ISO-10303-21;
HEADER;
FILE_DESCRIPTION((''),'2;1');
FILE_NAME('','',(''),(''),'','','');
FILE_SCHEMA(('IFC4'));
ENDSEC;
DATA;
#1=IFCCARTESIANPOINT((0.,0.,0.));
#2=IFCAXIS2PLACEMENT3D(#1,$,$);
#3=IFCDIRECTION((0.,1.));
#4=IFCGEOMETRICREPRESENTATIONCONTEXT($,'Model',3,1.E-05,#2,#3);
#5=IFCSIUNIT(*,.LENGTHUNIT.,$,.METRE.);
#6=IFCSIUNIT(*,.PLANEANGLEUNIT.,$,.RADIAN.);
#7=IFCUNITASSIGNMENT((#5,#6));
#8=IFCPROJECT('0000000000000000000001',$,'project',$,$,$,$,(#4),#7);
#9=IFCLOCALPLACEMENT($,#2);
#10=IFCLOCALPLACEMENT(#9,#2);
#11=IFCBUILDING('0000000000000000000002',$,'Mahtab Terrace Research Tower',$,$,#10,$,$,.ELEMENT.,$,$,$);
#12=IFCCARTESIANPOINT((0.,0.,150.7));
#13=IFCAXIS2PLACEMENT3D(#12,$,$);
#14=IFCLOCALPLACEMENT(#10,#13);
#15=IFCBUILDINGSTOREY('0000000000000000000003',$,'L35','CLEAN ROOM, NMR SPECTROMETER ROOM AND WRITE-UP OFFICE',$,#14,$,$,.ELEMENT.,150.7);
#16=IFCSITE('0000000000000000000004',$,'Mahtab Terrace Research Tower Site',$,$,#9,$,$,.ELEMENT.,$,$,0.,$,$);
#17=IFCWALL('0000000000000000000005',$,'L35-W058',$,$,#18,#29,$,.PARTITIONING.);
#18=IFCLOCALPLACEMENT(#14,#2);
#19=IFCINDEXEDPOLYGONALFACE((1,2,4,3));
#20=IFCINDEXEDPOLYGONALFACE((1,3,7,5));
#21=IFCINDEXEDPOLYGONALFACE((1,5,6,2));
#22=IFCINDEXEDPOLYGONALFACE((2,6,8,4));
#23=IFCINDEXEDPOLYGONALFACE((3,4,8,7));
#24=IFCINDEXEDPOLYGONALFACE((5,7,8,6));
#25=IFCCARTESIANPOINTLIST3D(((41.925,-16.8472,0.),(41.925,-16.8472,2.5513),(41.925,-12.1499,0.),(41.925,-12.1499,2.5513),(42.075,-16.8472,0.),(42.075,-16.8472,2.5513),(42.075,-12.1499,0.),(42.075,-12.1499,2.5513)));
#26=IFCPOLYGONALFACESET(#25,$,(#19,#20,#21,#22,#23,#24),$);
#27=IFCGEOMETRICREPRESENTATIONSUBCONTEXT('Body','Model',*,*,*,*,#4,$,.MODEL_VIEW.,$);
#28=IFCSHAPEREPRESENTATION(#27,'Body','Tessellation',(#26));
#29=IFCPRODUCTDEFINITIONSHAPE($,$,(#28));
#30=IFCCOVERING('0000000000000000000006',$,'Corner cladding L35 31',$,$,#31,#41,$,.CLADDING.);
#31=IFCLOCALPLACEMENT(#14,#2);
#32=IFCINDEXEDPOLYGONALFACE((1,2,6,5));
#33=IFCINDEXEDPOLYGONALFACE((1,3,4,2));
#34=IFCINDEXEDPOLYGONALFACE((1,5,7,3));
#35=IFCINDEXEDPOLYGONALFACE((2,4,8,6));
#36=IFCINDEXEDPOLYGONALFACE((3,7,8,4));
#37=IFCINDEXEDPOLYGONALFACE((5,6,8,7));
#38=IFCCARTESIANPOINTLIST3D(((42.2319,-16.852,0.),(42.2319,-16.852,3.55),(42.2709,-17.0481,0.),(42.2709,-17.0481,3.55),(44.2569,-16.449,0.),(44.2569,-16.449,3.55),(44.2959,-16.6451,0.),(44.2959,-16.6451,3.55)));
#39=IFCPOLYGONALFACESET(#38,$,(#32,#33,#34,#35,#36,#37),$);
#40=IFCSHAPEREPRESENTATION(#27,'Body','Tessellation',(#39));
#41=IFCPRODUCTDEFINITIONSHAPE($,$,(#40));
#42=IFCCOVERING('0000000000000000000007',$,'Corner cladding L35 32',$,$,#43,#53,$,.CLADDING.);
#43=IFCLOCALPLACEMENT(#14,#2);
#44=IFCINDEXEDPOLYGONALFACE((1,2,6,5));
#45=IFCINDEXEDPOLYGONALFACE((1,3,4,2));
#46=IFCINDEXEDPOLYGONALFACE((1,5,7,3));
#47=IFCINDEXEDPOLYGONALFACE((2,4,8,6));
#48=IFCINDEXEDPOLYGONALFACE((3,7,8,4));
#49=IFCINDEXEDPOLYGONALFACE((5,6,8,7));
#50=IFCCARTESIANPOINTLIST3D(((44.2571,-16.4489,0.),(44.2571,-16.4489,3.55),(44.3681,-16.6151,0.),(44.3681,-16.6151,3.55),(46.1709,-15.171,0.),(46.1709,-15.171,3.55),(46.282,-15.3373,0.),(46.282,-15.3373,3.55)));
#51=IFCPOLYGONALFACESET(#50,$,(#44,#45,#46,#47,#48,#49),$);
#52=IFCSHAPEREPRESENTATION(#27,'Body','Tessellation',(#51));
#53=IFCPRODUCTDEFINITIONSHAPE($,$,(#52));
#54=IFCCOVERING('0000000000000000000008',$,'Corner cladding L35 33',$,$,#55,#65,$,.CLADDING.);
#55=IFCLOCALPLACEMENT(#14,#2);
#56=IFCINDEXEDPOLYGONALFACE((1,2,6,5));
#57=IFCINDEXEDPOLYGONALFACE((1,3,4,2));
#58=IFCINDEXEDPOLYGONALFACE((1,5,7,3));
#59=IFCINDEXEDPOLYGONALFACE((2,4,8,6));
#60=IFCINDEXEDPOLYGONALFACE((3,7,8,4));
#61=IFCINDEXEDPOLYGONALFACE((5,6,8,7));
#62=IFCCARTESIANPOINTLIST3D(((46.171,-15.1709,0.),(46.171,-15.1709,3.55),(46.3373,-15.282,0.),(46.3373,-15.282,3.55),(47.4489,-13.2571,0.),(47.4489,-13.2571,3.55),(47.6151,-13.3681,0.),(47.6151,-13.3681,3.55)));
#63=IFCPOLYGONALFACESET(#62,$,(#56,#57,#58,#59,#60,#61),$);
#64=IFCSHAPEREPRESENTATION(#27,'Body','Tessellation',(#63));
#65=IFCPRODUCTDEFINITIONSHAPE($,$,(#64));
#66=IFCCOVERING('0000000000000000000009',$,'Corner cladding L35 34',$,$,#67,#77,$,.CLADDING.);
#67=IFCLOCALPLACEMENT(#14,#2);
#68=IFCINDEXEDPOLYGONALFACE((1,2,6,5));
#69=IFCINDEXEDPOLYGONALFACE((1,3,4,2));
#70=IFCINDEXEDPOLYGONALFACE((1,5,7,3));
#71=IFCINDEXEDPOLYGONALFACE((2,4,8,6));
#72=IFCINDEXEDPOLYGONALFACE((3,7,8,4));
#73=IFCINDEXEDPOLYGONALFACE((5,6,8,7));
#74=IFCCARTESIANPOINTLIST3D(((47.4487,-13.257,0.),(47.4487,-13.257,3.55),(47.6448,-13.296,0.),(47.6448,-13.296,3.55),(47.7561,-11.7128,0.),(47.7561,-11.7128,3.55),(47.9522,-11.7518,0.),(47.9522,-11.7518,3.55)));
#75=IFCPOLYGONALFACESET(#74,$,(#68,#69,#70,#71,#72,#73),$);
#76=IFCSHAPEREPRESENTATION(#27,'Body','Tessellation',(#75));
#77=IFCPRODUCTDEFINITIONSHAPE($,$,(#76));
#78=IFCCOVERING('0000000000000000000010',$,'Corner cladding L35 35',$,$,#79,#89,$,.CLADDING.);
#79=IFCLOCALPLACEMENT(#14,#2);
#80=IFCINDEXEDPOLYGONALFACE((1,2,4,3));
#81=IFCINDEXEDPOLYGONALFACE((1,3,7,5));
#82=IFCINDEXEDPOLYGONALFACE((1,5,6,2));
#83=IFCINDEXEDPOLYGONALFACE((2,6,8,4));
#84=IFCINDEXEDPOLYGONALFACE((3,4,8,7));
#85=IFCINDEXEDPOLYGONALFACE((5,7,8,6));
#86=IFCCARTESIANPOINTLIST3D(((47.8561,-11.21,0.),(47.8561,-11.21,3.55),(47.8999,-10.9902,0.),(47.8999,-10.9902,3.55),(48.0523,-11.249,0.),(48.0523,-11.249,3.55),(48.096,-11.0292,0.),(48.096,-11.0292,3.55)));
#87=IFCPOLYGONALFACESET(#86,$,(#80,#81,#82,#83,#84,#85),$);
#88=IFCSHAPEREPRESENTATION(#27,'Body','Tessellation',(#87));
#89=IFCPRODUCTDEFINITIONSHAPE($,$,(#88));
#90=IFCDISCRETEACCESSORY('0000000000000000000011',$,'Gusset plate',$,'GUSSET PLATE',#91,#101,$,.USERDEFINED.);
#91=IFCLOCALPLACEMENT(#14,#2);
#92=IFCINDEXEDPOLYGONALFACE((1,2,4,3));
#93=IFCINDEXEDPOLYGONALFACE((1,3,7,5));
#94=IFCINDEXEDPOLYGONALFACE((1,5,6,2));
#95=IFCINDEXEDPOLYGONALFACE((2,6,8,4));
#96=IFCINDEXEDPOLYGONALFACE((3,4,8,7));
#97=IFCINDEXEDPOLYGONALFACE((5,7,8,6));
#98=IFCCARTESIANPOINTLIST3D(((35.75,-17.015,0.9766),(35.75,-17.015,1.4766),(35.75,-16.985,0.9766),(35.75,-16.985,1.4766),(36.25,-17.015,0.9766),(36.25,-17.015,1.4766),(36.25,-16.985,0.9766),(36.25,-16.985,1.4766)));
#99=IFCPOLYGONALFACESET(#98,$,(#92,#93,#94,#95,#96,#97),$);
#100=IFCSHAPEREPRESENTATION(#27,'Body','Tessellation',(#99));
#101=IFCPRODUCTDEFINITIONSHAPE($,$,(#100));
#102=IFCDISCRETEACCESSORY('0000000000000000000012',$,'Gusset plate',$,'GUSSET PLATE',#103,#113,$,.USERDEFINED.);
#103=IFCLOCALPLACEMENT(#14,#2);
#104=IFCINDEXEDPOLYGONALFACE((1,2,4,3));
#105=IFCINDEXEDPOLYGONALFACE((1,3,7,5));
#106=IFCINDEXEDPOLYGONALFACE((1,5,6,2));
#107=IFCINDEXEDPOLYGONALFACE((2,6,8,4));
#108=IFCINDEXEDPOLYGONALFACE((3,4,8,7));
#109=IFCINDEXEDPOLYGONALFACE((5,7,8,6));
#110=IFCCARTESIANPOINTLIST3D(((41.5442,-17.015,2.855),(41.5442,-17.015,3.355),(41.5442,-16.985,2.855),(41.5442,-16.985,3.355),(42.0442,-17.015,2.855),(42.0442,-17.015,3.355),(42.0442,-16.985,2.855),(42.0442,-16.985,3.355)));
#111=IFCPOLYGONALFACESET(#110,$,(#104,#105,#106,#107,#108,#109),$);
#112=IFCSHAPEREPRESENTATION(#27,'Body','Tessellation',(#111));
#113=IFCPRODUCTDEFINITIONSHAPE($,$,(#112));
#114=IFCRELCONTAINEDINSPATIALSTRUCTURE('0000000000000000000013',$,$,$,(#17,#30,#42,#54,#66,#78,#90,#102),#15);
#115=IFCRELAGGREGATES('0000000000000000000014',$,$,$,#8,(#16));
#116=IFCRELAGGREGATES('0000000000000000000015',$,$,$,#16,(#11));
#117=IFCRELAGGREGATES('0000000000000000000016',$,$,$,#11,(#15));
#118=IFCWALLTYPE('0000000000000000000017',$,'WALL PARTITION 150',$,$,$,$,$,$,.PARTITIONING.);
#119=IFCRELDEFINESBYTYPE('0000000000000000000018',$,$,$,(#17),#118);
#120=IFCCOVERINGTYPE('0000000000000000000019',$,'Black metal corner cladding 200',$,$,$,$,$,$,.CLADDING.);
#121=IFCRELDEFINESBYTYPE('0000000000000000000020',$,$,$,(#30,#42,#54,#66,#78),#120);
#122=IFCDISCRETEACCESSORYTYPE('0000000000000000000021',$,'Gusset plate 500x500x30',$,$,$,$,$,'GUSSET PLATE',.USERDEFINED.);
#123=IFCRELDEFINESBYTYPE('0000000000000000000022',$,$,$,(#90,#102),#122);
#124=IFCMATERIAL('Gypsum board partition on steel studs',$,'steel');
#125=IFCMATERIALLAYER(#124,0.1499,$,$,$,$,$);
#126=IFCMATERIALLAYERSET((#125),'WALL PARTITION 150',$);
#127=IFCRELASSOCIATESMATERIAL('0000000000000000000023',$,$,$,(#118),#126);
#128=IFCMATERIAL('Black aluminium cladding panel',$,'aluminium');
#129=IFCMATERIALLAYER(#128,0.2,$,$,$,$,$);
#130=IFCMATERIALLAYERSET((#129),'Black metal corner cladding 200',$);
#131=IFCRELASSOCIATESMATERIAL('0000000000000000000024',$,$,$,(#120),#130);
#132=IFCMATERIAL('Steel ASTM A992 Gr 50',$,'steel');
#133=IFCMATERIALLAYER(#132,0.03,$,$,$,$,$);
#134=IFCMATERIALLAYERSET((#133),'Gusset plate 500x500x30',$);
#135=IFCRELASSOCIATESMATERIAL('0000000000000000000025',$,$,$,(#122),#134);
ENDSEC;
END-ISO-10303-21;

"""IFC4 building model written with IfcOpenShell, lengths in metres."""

from ifc_helpers import new_model, si_unit, direction, frame, frame_2d, origin, origin_2d, place, context, subcontext, project, spatial, rectangle, extrude, material, layer, layer_set, type_object, element, save


model = new_model("IFC4")

# Units and contexts
model_context = context("Model", 3, precision=1e-05, world=origin(), true_north=direction((0.0, 1.0)))
body_context = subcontext(model_context, "Body", "Model", "MODEL_VIEW")
ifc_project = project(units=[si_unit("LENGTHUNIT", "METRE"), si_unit("PLANEANGLEUNIT", "RADIAN")], contexts=[model_context])

# Site, building, storey
site_placement = place(None, origin())
site = spatial("IfcSite", under=ifc_project, at=site_placement, Name="Mahtab Terrace Research Tower Site", CompositionType="ELEMENT", RefElevation=0.0)
building_placement = place(site_placement, origin())
building = spatial("IfcBuilding", under=site, at=building_placement, Name="Mahtab Terrace Research Tower", CompositionType="ELEMENT")
storey_placement = place(building_placement, frame((0.0, 0.0, 150.7)))
storey = spatial("IfcBuildingStorey", under=building, at=storey_placement, Name="L35", Description="CLEAN ROOM, NMR SPECTROMETER ROOM AND WRITE-UP OFFICE", CompositionType="ELEMENT", Elevation=150.7)

# Shared definitions
ifc_material_1 = material(Name="Steel ASTM A992 Gr 50", Category="steel")

# Wall
ifc_material_2 = material(Name="Gypsum board partition on steel studs", Category="steel")
ifc_layer_1 = layer(ifc_material_2, 0.1499)
ifc_layer_set_1 = layer_set([ifc_layer_1], Name="WALL PARTITION 150")
wall_type_1 = type_object("IfcWallType", Name="WALL PARTITION 150", PredefinedType="PARTITIONING", material=ifc_layer_set_1)
wall_1_placement = place(storey_placement, frame((42.0, -16.8472, 0.0), z_axis=(0.0, 0.0, 1.0), x_axis=(0.0, 1.0, 0.0)))
element("IfcWall", 1, at=wall_1_placement, inside=storey, type_object=wall_type_1, Name="L35-W058", PredefinedType="PARTITIONING", context=body_context, shape_type="SweptSolid", body=[
    extrude(rectangle(XDim=4.6973, YDim=0.1499, at=frame_2d((2.3486, 0.0))), origin(), (0.0, 0.0, 1.0), 2.5513),
])

# Coverings
ifc_material_3 = material(Name="Black aluminium cladding panel", Category="aluminium")
ifc_layer_2 = layer(ifc_material_3, 0.2)
ifc_layer_set_2 = layer_set([ifc_layer_2], Name="Black metal corner cladding 200")
covering_type = type_object("IfcCoveringType", Name="Black metal corner cladding 200", PredefinedType="CLADDING", material=ifc_layer_set_2)
covering_1_placement = place(storey_placement, frame((43.2639, -16.7485, 0.0), z_axis=(0.0, 0.0, 1.0), x_axis=(0.980761, 0.195212, 0.0)))
element("IfcCovering", 2, at=covering_1_placement, inside=storey, type_object=covering_type, Name="Corner cladding L35 31", PredefinedType="CLADDING", context=body_context, shape_type="SweptSolid", body=[
    extrude(rectangle(XDim=2.0647, YDim=0.2, at=origin_2d()), origin(), (0.0, 0.0, 1.0), 3.55),
])
for number, where, z_axis, x_axis, name in (
    (3, (45.2695, -15.8931, 0.0), (0.0, 0.0, 1.0), (0.831656, 0.555291, 0.0), "Corner cladding L35 32"),
    (4, (46.8931, -14.2695, 0.0), (0.0, 0.0, 1.0), (0.555291, 0.831656, 0.0), "Corner cladding L35 33"),
):
    element("IfcCovering", number, at=place(storey_placement, frame(where, z_axis=z_axis, x_axis=x_axis)), inside=storey, type_object=covering_type, Name=name, PredefinedType="CLADDING", context=body_context, shape_type="SweptSolid", body=[
        extrude(rectangle(XDim=2.3013, YDim=0.2, at=origin_2d()), origin(), (0.0, 0.0, 1.0), 3.55),
    ])
covering_2_placement = place(storey_placement, frame((47.7004, -12.5044, 0.0), z_axis=(0.0, 0.0, 1.0), x_axis=(0.195212, 0.980761, 0.0)))
element("IfcCovering", 5, at=covering_2_placement, inside=storey, type_object=covering_type, Name="Corner cladding L35 34", PredefinedType="CLADDING", context=body_context, shape_type="SweptSolid", body=[
    extrude(rectangle(XDim=1.5745, YDim=0.2, at=origin_2d()), origin(), (0.0, 0.0, 1.0), 3.55),
])
covering_3_placement = place(storey_placement, frame((47.9761, -11.1196, 0.0), z_axis=(0.0, 0.0, 1.0), x_axis=(0.195212, 0.980761, 0.0)))
element("IfcCovering", 6, at=covering_3_placement, inside=storey, type_object=covering_type, Name="Corner cladding L35 35", PredefinedType="CLADDING", context=body_context, shape_type="SweptSolid", body=[
    extrude(rectangle(XDim=0.2241, YDim=0.2, at=origin_2d()), origin(), (0.0, 0.0, 1.0), 3.55),
])

# Discrete accessories
ifc_layer_3 = layer(ifc_material_1, 0.03)
ifc_layer_set_3 = layer_set([ifc_layer_3], Name="Gusset plate 500x500x30")
discrete_accessory_type = type_object("IfcDiscreteAccessoryType", Name="Gusset plate 500x500x30", ElementType="GUSSET PLATE", PredefinedType="USERDEFINED", material=ifc_layer_set_3)
for number, where, z_axis, x_axis, name in (
    (7, (36.0, -17.0, 0.9766), (0.0, 0.0, 1.0), (1.0, 0.0, 0.0), "Gusset plate"),
    (8, (41.7942, -17.0, 2.855), (0.0, 0.0, 1.0), (1.0, 0.0, 0.0), "Gusset plate"),
):
    element("IfcDiscreteAccessory", number, at=place(storey_placement, frame(where, z_axis=z_axis, x_axis=x_axis)), inside=storey, type_object=discrete_accessory_type, Name=name, ObjectType="GUSSET PLATE", PredefinedType="USERDEFINED", context=body_context, shape_type="SweptSolid", body=[
        extrude(rectangle(XDim=0.5, YDim=0.03, at=origin_2d()), origin(), (0.0, 0.0, 1.0), 0.5),
    ])

save(model, "model.ifc")
